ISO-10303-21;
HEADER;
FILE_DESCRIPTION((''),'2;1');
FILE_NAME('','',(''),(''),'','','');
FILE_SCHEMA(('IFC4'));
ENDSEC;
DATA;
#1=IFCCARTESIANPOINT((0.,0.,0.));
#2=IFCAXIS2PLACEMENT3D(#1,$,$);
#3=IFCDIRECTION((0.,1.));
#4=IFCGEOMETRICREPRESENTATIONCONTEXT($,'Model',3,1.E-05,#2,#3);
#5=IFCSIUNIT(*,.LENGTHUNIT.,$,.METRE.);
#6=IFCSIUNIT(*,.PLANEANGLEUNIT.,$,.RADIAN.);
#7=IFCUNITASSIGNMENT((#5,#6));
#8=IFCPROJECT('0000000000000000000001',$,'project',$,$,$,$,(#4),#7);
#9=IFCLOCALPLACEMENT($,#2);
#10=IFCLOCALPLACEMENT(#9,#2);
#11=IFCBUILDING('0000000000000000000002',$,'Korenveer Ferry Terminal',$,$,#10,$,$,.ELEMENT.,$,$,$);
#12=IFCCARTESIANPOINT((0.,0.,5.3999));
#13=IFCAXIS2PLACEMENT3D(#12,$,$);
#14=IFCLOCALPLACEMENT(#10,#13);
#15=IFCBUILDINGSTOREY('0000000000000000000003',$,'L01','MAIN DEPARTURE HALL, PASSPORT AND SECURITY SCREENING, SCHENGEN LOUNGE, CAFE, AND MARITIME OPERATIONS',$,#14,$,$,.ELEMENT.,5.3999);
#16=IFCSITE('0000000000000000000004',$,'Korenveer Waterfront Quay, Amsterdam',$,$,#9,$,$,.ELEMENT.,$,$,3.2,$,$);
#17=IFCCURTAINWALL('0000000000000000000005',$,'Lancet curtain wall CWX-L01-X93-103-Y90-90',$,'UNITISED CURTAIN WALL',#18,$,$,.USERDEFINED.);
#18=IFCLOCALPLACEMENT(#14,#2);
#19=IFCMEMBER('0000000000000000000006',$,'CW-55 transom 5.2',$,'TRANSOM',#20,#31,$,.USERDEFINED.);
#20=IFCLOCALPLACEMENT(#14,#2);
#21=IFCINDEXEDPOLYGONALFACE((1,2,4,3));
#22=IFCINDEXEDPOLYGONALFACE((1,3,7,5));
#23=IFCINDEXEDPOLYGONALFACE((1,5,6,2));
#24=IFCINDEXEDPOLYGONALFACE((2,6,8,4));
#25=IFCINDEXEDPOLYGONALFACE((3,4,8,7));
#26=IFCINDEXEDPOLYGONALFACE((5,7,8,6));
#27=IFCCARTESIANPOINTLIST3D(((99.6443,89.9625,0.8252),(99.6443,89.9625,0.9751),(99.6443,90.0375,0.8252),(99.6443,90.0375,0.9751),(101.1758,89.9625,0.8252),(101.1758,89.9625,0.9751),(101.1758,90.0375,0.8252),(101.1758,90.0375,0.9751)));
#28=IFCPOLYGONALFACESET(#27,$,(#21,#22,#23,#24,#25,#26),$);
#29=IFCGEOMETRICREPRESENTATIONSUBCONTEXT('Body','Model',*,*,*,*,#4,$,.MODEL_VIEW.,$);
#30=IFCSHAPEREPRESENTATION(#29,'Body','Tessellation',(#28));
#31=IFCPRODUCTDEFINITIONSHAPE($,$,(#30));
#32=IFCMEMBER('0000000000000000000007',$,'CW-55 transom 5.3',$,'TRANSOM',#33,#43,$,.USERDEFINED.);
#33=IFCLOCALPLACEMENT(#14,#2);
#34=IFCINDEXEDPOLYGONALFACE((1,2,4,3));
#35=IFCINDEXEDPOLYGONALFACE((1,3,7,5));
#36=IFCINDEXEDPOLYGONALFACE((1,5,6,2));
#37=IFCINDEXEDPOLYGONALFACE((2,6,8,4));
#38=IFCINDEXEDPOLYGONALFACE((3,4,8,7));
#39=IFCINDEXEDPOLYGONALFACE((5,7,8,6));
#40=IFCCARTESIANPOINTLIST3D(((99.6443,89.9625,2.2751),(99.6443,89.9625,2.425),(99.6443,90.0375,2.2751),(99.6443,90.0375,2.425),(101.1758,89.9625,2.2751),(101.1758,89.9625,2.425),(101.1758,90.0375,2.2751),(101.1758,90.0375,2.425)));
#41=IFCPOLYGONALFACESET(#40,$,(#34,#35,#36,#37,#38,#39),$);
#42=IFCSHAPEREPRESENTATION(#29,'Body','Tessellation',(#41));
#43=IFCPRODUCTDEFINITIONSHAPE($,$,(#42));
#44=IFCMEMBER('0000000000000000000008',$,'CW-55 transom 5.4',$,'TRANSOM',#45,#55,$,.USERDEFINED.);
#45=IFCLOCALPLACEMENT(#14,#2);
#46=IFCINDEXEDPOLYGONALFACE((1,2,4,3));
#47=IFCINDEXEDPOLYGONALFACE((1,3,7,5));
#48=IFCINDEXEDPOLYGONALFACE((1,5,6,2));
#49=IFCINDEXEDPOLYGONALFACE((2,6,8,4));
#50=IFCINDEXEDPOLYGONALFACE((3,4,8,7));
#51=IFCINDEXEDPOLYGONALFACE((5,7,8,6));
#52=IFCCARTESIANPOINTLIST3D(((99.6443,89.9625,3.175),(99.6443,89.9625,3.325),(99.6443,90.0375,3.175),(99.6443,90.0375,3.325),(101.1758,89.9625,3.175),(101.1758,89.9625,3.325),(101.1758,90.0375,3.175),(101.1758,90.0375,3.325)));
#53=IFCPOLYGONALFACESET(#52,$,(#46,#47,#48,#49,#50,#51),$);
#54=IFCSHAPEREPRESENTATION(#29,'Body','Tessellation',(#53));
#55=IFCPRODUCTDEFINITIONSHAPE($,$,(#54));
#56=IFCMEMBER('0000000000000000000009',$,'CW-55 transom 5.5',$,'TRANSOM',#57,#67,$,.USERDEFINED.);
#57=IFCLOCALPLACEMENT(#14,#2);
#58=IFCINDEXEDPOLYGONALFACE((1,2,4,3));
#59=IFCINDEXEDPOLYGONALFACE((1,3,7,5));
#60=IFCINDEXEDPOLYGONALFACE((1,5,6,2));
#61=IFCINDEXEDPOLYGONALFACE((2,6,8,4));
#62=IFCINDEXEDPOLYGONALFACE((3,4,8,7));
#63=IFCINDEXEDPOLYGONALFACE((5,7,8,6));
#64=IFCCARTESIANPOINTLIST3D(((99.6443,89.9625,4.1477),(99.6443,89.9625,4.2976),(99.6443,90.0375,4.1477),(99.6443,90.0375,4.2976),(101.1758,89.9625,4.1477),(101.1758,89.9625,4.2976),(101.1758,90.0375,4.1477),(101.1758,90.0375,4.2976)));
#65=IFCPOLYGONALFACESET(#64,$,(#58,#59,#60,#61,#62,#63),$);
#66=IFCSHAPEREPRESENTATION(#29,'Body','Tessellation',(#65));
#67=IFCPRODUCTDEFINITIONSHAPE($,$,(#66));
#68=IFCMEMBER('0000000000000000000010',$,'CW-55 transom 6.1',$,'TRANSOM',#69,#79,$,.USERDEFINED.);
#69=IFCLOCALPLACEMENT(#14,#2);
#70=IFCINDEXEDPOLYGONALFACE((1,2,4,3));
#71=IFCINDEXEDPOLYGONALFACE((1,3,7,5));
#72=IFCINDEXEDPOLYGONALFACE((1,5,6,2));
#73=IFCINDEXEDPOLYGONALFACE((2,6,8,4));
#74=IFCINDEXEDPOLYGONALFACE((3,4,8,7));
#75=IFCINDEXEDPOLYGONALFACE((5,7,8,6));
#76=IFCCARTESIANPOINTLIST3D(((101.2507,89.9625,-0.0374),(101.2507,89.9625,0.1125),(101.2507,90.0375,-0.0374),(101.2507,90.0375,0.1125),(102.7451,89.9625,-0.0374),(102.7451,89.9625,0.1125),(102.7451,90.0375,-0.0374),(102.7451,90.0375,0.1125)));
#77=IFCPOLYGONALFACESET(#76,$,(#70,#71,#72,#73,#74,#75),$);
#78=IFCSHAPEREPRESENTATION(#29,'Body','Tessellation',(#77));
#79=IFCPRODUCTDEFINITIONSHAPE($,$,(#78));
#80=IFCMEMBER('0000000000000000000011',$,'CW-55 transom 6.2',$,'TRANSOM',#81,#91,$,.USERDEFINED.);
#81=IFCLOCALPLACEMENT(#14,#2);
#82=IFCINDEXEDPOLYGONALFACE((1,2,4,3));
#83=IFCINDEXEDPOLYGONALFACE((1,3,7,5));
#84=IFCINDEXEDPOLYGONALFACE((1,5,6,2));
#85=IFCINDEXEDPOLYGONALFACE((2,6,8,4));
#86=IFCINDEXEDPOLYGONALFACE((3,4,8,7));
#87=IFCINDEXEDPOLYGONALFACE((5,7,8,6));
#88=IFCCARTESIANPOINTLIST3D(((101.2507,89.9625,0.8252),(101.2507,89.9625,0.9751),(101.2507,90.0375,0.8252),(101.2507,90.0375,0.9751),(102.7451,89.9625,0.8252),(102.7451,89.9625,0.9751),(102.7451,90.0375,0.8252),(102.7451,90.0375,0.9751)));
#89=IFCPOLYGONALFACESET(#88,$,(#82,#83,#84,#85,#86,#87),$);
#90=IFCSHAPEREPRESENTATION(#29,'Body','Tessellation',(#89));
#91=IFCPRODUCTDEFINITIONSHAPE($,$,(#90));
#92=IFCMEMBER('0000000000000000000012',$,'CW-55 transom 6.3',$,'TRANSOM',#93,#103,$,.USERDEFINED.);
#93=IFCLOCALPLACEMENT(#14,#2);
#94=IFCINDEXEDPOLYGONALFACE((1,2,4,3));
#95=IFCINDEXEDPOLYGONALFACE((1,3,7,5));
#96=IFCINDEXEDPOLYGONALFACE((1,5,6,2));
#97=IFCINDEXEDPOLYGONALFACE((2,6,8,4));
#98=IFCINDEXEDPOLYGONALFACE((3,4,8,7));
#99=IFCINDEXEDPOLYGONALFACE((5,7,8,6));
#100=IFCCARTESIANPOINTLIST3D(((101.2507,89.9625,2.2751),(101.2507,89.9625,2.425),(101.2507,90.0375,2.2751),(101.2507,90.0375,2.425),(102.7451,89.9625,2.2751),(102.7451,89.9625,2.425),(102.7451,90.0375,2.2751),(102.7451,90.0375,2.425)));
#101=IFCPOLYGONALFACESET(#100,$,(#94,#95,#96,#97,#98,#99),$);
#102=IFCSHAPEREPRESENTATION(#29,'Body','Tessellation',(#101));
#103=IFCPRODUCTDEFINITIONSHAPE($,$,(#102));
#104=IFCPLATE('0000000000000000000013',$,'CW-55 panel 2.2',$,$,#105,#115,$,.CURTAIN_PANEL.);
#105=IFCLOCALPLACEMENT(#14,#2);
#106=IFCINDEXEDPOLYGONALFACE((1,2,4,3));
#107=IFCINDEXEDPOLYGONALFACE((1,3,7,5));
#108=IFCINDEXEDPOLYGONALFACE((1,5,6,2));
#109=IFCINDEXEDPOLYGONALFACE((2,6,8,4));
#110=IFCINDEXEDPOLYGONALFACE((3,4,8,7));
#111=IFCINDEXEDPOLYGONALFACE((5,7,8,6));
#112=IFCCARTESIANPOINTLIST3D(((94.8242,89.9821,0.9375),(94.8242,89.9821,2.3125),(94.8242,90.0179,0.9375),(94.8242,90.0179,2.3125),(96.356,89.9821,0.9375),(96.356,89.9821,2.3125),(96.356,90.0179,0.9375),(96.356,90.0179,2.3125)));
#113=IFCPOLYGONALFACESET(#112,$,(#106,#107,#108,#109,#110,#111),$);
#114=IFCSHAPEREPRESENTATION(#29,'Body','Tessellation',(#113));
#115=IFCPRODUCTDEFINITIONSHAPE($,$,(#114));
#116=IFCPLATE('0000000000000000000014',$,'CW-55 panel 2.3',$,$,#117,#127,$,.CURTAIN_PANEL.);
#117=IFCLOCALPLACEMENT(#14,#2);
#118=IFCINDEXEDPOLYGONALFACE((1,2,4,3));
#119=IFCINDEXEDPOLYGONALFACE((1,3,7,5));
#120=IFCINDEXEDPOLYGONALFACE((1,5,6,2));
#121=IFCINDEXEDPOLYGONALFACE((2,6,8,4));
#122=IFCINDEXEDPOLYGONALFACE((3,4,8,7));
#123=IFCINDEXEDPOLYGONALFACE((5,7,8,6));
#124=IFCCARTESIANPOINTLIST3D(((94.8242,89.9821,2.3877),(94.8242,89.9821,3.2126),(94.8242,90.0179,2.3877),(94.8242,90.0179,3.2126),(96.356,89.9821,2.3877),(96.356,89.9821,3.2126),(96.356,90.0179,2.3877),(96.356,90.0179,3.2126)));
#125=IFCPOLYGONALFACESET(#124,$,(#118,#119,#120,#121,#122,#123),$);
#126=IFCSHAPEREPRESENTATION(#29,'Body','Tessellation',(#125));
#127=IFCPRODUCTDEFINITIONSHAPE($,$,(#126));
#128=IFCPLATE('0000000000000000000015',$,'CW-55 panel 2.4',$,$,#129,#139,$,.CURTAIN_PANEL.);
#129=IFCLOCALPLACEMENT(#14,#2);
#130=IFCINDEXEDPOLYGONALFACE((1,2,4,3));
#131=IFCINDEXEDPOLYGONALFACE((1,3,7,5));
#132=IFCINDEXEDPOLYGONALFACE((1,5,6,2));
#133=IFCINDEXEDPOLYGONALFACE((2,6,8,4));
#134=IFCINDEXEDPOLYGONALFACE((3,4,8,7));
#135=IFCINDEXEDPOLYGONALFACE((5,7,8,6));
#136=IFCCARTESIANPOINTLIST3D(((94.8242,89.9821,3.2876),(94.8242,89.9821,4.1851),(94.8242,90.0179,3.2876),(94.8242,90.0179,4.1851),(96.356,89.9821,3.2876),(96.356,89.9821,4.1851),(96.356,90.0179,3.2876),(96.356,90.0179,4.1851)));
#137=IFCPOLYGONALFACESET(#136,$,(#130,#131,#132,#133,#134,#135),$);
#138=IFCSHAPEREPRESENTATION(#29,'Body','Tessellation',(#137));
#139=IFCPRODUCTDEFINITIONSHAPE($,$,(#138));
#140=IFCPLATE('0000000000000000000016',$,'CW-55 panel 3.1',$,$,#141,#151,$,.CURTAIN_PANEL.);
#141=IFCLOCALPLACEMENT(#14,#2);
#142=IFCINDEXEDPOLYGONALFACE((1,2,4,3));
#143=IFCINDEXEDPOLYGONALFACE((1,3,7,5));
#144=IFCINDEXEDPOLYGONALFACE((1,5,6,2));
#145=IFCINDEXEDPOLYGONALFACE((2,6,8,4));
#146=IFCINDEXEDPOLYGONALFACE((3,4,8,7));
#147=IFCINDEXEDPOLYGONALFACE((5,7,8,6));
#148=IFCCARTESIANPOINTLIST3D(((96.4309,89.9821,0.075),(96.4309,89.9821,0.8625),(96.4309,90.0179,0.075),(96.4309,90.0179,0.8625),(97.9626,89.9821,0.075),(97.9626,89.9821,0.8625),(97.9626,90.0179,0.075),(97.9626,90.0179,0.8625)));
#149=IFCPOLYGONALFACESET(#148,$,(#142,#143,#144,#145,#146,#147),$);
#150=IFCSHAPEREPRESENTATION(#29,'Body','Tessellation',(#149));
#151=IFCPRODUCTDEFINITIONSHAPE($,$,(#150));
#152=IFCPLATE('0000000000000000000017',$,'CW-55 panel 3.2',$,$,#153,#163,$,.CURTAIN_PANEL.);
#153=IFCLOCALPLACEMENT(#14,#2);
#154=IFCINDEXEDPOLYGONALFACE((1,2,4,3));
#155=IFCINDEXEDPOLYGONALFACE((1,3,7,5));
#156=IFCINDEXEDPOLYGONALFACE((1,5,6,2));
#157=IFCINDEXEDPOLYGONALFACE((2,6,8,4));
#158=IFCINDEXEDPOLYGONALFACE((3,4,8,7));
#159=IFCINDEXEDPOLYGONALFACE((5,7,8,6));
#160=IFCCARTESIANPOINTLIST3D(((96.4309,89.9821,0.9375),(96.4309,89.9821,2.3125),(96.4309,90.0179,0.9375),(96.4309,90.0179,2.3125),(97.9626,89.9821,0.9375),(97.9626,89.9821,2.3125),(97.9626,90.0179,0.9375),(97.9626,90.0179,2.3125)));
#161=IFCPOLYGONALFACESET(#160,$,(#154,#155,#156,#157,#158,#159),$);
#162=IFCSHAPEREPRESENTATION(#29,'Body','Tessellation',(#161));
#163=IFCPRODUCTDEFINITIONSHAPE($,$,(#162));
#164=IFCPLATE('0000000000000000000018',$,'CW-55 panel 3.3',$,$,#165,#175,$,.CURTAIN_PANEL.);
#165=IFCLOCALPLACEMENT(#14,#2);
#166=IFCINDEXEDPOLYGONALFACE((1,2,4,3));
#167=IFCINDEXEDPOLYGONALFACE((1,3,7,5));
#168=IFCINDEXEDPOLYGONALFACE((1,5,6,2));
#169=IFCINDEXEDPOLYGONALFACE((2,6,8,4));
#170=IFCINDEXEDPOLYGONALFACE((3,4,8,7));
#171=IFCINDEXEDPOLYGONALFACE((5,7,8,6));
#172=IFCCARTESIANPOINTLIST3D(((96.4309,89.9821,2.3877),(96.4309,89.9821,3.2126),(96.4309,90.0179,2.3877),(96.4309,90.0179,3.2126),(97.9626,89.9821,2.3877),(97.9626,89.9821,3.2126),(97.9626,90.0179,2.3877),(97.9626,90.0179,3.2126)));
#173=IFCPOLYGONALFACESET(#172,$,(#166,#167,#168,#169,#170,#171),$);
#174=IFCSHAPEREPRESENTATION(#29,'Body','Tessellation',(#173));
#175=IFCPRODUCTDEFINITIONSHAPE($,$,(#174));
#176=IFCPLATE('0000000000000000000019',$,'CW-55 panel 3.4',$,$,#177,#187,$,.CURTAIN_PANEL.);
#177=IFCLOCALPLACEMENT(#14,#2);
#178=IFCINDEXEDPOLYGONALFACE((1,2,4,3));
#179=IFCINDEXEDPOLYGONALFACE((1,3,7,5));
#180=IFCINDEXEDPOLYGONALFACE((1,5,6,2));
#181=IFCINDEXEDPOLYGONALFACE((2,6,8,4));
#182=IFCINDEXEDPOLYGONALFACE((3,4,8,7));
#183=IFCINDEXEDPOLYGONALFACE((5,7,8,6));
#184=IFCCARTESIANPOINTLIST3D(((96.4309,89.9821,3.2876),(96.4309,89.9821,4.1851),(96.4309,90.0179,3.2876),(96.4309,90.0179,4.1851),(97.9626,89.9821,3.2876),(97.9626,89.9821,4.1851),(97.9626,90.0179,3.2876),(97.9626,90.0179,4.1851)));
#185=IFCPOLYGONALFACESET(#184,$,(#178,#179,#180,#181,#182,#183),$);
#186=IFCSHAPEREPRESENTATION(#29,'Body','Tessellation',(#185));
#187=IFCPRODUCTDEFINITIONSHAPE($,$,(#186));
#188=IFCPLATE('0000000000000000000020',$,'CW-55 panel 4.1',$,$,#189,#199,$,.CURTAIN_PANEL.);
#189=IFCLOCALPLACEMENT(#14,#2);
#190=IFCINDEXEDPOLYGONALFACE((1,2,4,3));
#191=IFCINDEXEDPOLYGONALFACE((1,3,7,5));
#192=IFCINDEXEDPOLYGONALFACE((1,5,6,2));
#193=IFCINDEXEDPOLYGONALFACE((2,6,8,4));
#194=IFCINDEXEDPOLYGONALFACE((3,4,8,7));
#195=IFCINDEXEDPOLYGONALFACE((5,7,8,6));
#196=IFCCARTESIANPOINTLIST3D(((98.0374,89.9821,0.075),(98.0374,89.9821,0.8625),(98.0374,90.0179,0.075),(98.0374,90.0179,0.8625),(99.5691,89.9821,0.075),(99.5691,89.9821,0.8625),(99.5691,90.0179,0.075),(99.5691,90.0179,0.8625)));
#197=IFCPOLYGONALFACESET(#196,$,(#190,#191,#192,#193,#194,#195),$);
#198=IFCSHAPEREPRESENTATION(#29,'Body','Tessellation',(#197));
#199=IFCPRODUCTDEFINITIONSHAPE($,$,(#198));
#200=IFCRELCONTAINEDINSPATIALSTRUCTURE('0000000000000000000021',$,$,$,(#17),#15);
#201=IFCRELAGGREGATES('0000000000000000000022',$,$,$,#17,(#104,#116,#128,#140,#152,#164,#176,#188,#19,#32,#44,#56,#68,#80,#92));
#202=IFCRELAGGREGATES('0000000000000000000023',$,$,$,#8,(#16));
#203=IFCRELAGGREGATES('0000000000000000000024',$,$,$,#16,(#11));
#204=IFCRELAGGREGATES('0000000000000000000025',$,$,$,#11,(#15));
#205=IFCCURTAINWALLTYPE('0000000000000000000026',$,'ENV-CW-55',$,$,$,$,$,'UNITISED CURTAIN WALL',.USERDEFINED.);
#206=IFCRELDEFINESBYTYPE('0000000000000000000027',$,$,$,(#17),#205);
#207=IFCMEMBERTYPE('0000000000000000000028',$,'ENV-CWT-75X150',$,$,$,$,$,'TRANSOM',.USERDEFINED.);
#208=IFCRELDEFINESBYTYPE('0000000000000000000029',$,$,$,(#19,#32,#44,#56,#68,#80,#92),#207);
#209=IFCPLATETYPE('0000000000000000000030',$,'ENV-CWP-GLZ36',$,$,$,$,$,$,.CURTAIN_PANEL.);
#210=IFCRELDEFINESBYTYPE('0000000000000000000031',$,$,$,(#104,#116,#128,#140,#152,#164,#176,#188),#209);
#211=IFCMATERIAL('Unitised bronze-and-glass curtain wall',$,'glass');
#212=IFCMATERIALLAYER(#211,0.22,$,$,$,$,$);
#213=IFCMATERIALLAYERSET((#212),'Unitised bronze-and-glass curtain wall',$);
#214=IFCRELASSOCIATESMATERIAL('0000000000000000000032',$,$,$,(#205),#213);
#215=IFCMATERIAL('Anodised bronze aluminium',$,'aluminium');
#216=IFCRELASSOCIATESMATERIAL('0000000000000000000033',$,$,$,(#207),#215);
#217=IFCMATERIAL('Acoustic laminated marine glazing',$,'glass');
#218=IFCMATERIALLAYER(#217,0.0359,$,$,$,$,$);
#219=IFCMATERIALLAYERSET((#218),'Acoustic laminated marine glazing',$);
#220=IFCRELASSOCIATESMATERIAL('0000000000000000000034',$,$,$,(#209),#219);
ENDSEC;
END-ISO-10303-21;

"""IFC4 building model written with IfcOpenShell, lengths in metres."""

from ifc_helpers import new_model, si_unit, direction, frame, origin, origin_2d, place, context, subcontext, project, spatial, rectangle, extrude, material, layer, layer_set, material_profile, profile_set, type_object, element, aggregate, save


model = new_model("IFC4")

# Units and contexts
model_context = context("Model", 3, precision=1e-05, world=origin(), true_north=direction((0.0, 1.0)))
body_context = subcontext(model_context, "Body", "Model", "MODEL_VIEW")
ifc_project = project(units=[si_unit("LENGTHUNIT", "METRE"), si_unit("PLANEANGLEUNIT", "RADIAN")], contexts=[model_context])

# Site, building, storey
site_placement = place(None, origin())
site = spatial("IfcSite", under=ifc_project, at=site_placement, Name="Korenveer Waterfront Quay, Amsterdam", CompositionType="ELEMENT", RefElevation=3.2)
building_placement = place(site_placement, origin())
building = spatial("IfcBuilding", under=site, at=building_placement, Name="Korenveer Ferry Terminal", CompositionType="ELEMENT")
storey_placement = place(building_placement, frame((0.0, 0.0, 5.3999)))
storey = spatial("IfcBuildingStorey", under=building, at=storey_placement, Name="L01", Description="MAIN DEPARTURE HALL, PASSPORT AND SECURITY SCREENING, SCHENGEN LOUNGE, CAFE, AND MARITIME OPERATIONS", CompositionType="ELEMENT", Elevation=5.3999)

# Curtain wall, members, plates
ifc_material_1 = material(Name="Unitised bronze-and-glass curtain wall", Category="glass")
ifc_layer_1 = layer(ifc_material_1, 0.22)
ifc_layer_set_1 = layer_set([ifc_layer_1], Name="Unitised bronze-and-glass curtain wall")
curtain_wall_type = type_object("IfcCurtainWallType", Name="ENV-CW-55", ElementType="UNITISED CURTAIN WALL", PredefinedType="USERDEFINED", material=ifc_layer_set_1)
curtain_wall_placement = place(storey_placement, frame((93.1799, 90.0, 0.0)))
curtain_wall = element("IfcCurtainWall", 1, at=curtain_wall_placement, inside=storey, type_object=curtain_wall_type, Name="Lancet curtain wall CWX-L01-X93-103-Y90-90", ObjectType="UNITISED CURTAIN WALL", PredefinedType="USERDEFINED")
ifc_material_2 = material(Name="Anodised bronze aluminium", Category="aluminium")
ifc_material_profile_1 = material_profile(ifc_material_2, rectangle(XDim=0.075, YDim=0.1499, at=origin_2d()), Name="ALU 75x150")
ifc_profile_set_1 = profile_set([ifc_material_profile_1], Name="Anodised bronze aluminium")
member_type_1 = type_object("IfcMemberType", Name="ENV-CWT-75X150", ElementType="TRANSOM", PredefinedType="USERDEFINED", material=ifc_profile_set_1)
member_1_placement = place(storey_placement, frame((99.6443, 90.0, 0.9001), z_axis=(1.0, 0.0, 0.0), x_axis=(0.0, 1.0, 0.0)))
member_1 = element("IfcMember", 2, at=member_1_placement, type_object=member_type_1, Name="CW-55 transom 5.2", ObjectType="TRANSOM", PredefinedType="USERDEFINED", context=body_context, shape_type="SweptSolid", body=[
    extrude(rectangle(XDim=0.075, YDim=0.1499, at=origin_2d()), origin(), (0.0, 0.0, 1.0), 1.5315),
])
member_2_placement = place(storey_placement, frame((99.6443, 90.0, 2.3501), z_axis=(1.0, 0.0, 0.0), x_axis=(0.0, 1.0, 0.0)))
member_2 = element("IfcMember", 3, at=member_2_placement, type_object=member_type_1, Name="CW-55 transom 5.3", ObjectType="TRANSOM", PredefinedType="USERDEFINED", context=body_context, shape_type="SweptSolid", body=[
    extrude(rectangle(XDim=0.075, YDim=0.1499, at=origin_2d()), origin(), (0.0, 0.0, 1.0), 1.5315),
])
member_3_placement = place(storey_placement, frame((99.6443, 90.0, 3.25), z_axis=(1.0, 0.0, 0.0), x_axis=(0.0, 1.0, 0.0)))
member_3 = element("IfcMember", 4, at=member_3_placement, type_object=member_type_1, Name="CW-55 transom 5.4", ObjectType="TRANSOM", PredefinedType="USERDEFINED", context=body_context, shape_type="SweptSolid", body=[
    extrude(rectangle(XDim=0.075, YDim=0.1499, at=origin_2d()), origin(), (0.0, 0.0, 1.0), 1.5315),
])
member_4_placement = place(storey_placement, frame((99.6443, 90.0, 4.2227), z_axis=(1.0, 0.0, 0.0), x_axis=(0.0, 1.0, 0.0)))
member_4 = element("IfcMember", 5, at=member_4_placement, type_object=member_type_1, Name="CW-55 transom 5.5", ObjectType="TRANSOM", PredefinedType="USERDEFINED", context=body_context, shape_type="SweptSolid", body=[
    extrude(rectangle(XDim=0.075, YDim=0.1499, at=origin_2d()), origin(), (0.0, 0.0, 1.0), 1.5315),
])
member_5_placement = place(storey_placement, frame((101.2507, 90.0, 0.0376), z_axis=(1.0, 0.0, 0.0), x_axis=(0.0, 1.0, 0.0)))
member_5 = element("IfcMember", 6, at=member_5_placement, type_object=member_type_1, Name="CW-55 transom 6.1", ObjectType="TRANSOM", PredefinedType="USERDEFINED", context=body_context, shape_type="SweptSolid", body=[
    extrude(rectangle(XDim=0.075, YDim=0.1499, at=origin_2d()), origin(), (0.0, 0.0, 1.0), 1.4944),
])
member_6_placement = place(storey_placement, frame((101.2507, 90.0, 0.9001), z_axis=(1.0, 0.0, 0.0), x_axis=(0.0, 1.0, 0.0)))
member_6 = element("IfcMember", 7, at=member_6_placement, type_object=member_type_1, Name="CW-55 transom 6.2", ObjectType="TRANSOM", PredefinedType="USERDEFINED", context=body_context, shape_type="SweptSolid", body=[
    extrude(rectangle(XDim=0.075, YDim=0.1499, at=origin_2d()), origin(), (0.0, 0.0, 1.0), 1.4944),
])
member_7_placement = place(storey_placement, frame((101.2507, 90.0, 2.3501), z_axis=(1.0, 0.0, 0.0), x_axis=(0.0, 1.0, 0.0)))
member_7 = element("IfcMember", 8, at=member_7_placement, type_object=member_type_1, Name="CW-55 transom 6.3", ObjectType="TRANSOM", PredefinedType="USERDEFINED", context=body_context, shape_type="SweptSolid", body=[
    extrude(rectangle(XDim=0.075, YDim=0.1499, at=origin_2d()), origin(), (0.0, 0.0, 1.0), 1.4944),
])
ifc_material_3 = material(Name="Acoustic laminated marine glazing", Category="glass")
ifc_layer_2 = layer(ifc_material_3, 0.0359)
ifc_layer_set_2 = layer_set([ifc_layer_2], Name="Acoustic laminated marine glazing")
plate_type = type_object("IfcPlateType", Name="ENV-CWP-GLZ36", PredefinedType="CURTAIN_PANEL", material=ifc_layer_set_2)
plate_1_placement = place(storey_placement, frame((95.5901, 90.0, 0.9375), z_axis=(0.0, 0.0, 1.0), x_axis=(1.0, 0.0, 0.0)))
plate_1 = element("IfcPlate", 9, at=plate_1_placement, type_object=plate_type, Name="CW-55 panel 2.2", PredefinedType="CURTAIN_PANEL", context=body_context, shape_type="SweptSolid", body=[
    extrude(rectangle(XDim=1.5317, YDim=0.0359, at=origin_2d()), origin(), (0.0, 0.0, 1.0), 1.375),
])
plate_2_placement = place(storey_placement, frame((95.5901, 90.0, 2.3877), z_axis=(0.0, 0.0, 1.0), x_axis=(1.0, 0.0, 0.0)))
plate_2 = element("IfcPlate", 10, at=plate_2_placement, type_object=plate_type, Name="CW-55 panel 2.3", PredefinedType="CURTAIN_PANEL", context=body_context, shape_type="SweptSolid", body=[
    extrude(rectangle(XDim=1.5317, YDim=0.0359, at=origin_2d()), origin(), (0.0, 0.0, 1.0), 0.825),
])
plate_3_placement = place(storey_placement, frame((95.5901, 90.0, 3.2876), z_axis=(0.0, 0.0, 1.0), x_axis=(1.0, 0.0, 0.0)))
plate_3 = element("IfcPlate", 11, at=plate_3_placement, type_object=plate_type, Name="CW-55 panel 2.4", PredefinedType="CURTAIN_PANEL", context=body_context, shape_type="SweptSolid", body=[
    extrude(rectangle(XDim=1.5317, YDim=0.0359, at=origin_2d()), origin(), (0.0, 0.0, 1.0), 0.8975),
])
plate_4_placement = place(storey_placement, frame((97.1968, 90.0, 0.075), z_axis=(0.0, 0.0, 1.0), x_axis=(1.0, 0.0, 0.0)))
plate_4 = element("IfcPlate", 12, at=plate_4_placement, type_object=plate_type, Name="CW-55 panel 3.1", PredefinedType="CURTAIN_PANEL", context=body_context, shape_type="SweptSolid", body=[
    extrude(rectangle(XDim=1.5317, YDim=0.0359, at=origin_2d()), origin(), (0.0, 0.0, 1.0), 0.7876),
])
plate_5_placement = place(storey_placement, frame((97.1968, 90.0, 0.9375), z_axis=(0.0, 0.0, 1.0), x_axis=(1.0, 0.0, 0.0)))
plate_5 = element("IfcPlate", 13, at=plate_5_placement, type_object=plate_type, Name="CW-55 panel 3.2", PredefinedType="CURTAIN_PANEL", context=body_context, shape_type="SweptSolid", body=[
    extrude(rectangle(XDim=1.5317, YDim=0.0359, at=origin_2d()), origin(), (0.0, 0.0, 1.0), 1.375),
])
plate_6_placement = place(storey_placement, frame((97.1968, 90.0, 2.3877), z_axis=(0.0, 0.0, 1.0), x_axis=(1.0, 0.0, 0.0)))
plate_6 = element("IfcPlate", 14, at=plate_6_placement, type_object=plate_type, Name="CW-55 panel 3.3", PredefinedType="CURTAIN_PANEL", context=body_context, shape_type="SweptSolid", body=[
    extrude(rectangle(XDim=1.5317, YDim=0.0359, at=origin_2d()), origin(), (0.0, 0.0, 1.0), 0.825),
])
plate_7_placement = place(storey_placement, frame((97.1968, 90.0, 3.2876), z_axis=(0.0, 0.0, 1.0), x_axis=(1.0, 0.0, 0.0)))
plate_7 = element("IfcPlate", 15, at=plate_7_placement, type_object=plate_type, Name="CW-55 panel 3.4", PredefinedType="CURTAIN_PANEL", context=body_context, shape_type="SweptSolid", body=[
    extrude(rectangle(XDim=1.5317, YDim=0.0359, at=origin_2d()), origin(), (0.0, 0.0, 1.0), 0.8975),
])
plate_8_placement = place(storey_placement, frame((98.8032, 90.0, 0.075), z_axis=(0.0, 0.0, 1.0), x_axis=(1.0, 0.0, 0.0)))
plate_8 = element("IfcPlate", 16, at=plate_8_placement, type_object=plate_type, Name="CW-55 panel 4.1", PredefinedType="CURTAIN_PANEL", context=body_context, shape_type="SweptSolid", body=[
    extrude(rectangle(XDim=1.5317, YDim=0.0359, at=origin_2d()), origin(), (0.0, 0.0, 1.0), 0.7876),
])
aggregate(curtain_wall, [plate_1, plate_2, plate_3, plate_4, plate_5, plate_6, plate_7, plate_8, member_1, member_2, member_3, member_4, member_5, member_6, member_7])

save(model, "model.ifc")
